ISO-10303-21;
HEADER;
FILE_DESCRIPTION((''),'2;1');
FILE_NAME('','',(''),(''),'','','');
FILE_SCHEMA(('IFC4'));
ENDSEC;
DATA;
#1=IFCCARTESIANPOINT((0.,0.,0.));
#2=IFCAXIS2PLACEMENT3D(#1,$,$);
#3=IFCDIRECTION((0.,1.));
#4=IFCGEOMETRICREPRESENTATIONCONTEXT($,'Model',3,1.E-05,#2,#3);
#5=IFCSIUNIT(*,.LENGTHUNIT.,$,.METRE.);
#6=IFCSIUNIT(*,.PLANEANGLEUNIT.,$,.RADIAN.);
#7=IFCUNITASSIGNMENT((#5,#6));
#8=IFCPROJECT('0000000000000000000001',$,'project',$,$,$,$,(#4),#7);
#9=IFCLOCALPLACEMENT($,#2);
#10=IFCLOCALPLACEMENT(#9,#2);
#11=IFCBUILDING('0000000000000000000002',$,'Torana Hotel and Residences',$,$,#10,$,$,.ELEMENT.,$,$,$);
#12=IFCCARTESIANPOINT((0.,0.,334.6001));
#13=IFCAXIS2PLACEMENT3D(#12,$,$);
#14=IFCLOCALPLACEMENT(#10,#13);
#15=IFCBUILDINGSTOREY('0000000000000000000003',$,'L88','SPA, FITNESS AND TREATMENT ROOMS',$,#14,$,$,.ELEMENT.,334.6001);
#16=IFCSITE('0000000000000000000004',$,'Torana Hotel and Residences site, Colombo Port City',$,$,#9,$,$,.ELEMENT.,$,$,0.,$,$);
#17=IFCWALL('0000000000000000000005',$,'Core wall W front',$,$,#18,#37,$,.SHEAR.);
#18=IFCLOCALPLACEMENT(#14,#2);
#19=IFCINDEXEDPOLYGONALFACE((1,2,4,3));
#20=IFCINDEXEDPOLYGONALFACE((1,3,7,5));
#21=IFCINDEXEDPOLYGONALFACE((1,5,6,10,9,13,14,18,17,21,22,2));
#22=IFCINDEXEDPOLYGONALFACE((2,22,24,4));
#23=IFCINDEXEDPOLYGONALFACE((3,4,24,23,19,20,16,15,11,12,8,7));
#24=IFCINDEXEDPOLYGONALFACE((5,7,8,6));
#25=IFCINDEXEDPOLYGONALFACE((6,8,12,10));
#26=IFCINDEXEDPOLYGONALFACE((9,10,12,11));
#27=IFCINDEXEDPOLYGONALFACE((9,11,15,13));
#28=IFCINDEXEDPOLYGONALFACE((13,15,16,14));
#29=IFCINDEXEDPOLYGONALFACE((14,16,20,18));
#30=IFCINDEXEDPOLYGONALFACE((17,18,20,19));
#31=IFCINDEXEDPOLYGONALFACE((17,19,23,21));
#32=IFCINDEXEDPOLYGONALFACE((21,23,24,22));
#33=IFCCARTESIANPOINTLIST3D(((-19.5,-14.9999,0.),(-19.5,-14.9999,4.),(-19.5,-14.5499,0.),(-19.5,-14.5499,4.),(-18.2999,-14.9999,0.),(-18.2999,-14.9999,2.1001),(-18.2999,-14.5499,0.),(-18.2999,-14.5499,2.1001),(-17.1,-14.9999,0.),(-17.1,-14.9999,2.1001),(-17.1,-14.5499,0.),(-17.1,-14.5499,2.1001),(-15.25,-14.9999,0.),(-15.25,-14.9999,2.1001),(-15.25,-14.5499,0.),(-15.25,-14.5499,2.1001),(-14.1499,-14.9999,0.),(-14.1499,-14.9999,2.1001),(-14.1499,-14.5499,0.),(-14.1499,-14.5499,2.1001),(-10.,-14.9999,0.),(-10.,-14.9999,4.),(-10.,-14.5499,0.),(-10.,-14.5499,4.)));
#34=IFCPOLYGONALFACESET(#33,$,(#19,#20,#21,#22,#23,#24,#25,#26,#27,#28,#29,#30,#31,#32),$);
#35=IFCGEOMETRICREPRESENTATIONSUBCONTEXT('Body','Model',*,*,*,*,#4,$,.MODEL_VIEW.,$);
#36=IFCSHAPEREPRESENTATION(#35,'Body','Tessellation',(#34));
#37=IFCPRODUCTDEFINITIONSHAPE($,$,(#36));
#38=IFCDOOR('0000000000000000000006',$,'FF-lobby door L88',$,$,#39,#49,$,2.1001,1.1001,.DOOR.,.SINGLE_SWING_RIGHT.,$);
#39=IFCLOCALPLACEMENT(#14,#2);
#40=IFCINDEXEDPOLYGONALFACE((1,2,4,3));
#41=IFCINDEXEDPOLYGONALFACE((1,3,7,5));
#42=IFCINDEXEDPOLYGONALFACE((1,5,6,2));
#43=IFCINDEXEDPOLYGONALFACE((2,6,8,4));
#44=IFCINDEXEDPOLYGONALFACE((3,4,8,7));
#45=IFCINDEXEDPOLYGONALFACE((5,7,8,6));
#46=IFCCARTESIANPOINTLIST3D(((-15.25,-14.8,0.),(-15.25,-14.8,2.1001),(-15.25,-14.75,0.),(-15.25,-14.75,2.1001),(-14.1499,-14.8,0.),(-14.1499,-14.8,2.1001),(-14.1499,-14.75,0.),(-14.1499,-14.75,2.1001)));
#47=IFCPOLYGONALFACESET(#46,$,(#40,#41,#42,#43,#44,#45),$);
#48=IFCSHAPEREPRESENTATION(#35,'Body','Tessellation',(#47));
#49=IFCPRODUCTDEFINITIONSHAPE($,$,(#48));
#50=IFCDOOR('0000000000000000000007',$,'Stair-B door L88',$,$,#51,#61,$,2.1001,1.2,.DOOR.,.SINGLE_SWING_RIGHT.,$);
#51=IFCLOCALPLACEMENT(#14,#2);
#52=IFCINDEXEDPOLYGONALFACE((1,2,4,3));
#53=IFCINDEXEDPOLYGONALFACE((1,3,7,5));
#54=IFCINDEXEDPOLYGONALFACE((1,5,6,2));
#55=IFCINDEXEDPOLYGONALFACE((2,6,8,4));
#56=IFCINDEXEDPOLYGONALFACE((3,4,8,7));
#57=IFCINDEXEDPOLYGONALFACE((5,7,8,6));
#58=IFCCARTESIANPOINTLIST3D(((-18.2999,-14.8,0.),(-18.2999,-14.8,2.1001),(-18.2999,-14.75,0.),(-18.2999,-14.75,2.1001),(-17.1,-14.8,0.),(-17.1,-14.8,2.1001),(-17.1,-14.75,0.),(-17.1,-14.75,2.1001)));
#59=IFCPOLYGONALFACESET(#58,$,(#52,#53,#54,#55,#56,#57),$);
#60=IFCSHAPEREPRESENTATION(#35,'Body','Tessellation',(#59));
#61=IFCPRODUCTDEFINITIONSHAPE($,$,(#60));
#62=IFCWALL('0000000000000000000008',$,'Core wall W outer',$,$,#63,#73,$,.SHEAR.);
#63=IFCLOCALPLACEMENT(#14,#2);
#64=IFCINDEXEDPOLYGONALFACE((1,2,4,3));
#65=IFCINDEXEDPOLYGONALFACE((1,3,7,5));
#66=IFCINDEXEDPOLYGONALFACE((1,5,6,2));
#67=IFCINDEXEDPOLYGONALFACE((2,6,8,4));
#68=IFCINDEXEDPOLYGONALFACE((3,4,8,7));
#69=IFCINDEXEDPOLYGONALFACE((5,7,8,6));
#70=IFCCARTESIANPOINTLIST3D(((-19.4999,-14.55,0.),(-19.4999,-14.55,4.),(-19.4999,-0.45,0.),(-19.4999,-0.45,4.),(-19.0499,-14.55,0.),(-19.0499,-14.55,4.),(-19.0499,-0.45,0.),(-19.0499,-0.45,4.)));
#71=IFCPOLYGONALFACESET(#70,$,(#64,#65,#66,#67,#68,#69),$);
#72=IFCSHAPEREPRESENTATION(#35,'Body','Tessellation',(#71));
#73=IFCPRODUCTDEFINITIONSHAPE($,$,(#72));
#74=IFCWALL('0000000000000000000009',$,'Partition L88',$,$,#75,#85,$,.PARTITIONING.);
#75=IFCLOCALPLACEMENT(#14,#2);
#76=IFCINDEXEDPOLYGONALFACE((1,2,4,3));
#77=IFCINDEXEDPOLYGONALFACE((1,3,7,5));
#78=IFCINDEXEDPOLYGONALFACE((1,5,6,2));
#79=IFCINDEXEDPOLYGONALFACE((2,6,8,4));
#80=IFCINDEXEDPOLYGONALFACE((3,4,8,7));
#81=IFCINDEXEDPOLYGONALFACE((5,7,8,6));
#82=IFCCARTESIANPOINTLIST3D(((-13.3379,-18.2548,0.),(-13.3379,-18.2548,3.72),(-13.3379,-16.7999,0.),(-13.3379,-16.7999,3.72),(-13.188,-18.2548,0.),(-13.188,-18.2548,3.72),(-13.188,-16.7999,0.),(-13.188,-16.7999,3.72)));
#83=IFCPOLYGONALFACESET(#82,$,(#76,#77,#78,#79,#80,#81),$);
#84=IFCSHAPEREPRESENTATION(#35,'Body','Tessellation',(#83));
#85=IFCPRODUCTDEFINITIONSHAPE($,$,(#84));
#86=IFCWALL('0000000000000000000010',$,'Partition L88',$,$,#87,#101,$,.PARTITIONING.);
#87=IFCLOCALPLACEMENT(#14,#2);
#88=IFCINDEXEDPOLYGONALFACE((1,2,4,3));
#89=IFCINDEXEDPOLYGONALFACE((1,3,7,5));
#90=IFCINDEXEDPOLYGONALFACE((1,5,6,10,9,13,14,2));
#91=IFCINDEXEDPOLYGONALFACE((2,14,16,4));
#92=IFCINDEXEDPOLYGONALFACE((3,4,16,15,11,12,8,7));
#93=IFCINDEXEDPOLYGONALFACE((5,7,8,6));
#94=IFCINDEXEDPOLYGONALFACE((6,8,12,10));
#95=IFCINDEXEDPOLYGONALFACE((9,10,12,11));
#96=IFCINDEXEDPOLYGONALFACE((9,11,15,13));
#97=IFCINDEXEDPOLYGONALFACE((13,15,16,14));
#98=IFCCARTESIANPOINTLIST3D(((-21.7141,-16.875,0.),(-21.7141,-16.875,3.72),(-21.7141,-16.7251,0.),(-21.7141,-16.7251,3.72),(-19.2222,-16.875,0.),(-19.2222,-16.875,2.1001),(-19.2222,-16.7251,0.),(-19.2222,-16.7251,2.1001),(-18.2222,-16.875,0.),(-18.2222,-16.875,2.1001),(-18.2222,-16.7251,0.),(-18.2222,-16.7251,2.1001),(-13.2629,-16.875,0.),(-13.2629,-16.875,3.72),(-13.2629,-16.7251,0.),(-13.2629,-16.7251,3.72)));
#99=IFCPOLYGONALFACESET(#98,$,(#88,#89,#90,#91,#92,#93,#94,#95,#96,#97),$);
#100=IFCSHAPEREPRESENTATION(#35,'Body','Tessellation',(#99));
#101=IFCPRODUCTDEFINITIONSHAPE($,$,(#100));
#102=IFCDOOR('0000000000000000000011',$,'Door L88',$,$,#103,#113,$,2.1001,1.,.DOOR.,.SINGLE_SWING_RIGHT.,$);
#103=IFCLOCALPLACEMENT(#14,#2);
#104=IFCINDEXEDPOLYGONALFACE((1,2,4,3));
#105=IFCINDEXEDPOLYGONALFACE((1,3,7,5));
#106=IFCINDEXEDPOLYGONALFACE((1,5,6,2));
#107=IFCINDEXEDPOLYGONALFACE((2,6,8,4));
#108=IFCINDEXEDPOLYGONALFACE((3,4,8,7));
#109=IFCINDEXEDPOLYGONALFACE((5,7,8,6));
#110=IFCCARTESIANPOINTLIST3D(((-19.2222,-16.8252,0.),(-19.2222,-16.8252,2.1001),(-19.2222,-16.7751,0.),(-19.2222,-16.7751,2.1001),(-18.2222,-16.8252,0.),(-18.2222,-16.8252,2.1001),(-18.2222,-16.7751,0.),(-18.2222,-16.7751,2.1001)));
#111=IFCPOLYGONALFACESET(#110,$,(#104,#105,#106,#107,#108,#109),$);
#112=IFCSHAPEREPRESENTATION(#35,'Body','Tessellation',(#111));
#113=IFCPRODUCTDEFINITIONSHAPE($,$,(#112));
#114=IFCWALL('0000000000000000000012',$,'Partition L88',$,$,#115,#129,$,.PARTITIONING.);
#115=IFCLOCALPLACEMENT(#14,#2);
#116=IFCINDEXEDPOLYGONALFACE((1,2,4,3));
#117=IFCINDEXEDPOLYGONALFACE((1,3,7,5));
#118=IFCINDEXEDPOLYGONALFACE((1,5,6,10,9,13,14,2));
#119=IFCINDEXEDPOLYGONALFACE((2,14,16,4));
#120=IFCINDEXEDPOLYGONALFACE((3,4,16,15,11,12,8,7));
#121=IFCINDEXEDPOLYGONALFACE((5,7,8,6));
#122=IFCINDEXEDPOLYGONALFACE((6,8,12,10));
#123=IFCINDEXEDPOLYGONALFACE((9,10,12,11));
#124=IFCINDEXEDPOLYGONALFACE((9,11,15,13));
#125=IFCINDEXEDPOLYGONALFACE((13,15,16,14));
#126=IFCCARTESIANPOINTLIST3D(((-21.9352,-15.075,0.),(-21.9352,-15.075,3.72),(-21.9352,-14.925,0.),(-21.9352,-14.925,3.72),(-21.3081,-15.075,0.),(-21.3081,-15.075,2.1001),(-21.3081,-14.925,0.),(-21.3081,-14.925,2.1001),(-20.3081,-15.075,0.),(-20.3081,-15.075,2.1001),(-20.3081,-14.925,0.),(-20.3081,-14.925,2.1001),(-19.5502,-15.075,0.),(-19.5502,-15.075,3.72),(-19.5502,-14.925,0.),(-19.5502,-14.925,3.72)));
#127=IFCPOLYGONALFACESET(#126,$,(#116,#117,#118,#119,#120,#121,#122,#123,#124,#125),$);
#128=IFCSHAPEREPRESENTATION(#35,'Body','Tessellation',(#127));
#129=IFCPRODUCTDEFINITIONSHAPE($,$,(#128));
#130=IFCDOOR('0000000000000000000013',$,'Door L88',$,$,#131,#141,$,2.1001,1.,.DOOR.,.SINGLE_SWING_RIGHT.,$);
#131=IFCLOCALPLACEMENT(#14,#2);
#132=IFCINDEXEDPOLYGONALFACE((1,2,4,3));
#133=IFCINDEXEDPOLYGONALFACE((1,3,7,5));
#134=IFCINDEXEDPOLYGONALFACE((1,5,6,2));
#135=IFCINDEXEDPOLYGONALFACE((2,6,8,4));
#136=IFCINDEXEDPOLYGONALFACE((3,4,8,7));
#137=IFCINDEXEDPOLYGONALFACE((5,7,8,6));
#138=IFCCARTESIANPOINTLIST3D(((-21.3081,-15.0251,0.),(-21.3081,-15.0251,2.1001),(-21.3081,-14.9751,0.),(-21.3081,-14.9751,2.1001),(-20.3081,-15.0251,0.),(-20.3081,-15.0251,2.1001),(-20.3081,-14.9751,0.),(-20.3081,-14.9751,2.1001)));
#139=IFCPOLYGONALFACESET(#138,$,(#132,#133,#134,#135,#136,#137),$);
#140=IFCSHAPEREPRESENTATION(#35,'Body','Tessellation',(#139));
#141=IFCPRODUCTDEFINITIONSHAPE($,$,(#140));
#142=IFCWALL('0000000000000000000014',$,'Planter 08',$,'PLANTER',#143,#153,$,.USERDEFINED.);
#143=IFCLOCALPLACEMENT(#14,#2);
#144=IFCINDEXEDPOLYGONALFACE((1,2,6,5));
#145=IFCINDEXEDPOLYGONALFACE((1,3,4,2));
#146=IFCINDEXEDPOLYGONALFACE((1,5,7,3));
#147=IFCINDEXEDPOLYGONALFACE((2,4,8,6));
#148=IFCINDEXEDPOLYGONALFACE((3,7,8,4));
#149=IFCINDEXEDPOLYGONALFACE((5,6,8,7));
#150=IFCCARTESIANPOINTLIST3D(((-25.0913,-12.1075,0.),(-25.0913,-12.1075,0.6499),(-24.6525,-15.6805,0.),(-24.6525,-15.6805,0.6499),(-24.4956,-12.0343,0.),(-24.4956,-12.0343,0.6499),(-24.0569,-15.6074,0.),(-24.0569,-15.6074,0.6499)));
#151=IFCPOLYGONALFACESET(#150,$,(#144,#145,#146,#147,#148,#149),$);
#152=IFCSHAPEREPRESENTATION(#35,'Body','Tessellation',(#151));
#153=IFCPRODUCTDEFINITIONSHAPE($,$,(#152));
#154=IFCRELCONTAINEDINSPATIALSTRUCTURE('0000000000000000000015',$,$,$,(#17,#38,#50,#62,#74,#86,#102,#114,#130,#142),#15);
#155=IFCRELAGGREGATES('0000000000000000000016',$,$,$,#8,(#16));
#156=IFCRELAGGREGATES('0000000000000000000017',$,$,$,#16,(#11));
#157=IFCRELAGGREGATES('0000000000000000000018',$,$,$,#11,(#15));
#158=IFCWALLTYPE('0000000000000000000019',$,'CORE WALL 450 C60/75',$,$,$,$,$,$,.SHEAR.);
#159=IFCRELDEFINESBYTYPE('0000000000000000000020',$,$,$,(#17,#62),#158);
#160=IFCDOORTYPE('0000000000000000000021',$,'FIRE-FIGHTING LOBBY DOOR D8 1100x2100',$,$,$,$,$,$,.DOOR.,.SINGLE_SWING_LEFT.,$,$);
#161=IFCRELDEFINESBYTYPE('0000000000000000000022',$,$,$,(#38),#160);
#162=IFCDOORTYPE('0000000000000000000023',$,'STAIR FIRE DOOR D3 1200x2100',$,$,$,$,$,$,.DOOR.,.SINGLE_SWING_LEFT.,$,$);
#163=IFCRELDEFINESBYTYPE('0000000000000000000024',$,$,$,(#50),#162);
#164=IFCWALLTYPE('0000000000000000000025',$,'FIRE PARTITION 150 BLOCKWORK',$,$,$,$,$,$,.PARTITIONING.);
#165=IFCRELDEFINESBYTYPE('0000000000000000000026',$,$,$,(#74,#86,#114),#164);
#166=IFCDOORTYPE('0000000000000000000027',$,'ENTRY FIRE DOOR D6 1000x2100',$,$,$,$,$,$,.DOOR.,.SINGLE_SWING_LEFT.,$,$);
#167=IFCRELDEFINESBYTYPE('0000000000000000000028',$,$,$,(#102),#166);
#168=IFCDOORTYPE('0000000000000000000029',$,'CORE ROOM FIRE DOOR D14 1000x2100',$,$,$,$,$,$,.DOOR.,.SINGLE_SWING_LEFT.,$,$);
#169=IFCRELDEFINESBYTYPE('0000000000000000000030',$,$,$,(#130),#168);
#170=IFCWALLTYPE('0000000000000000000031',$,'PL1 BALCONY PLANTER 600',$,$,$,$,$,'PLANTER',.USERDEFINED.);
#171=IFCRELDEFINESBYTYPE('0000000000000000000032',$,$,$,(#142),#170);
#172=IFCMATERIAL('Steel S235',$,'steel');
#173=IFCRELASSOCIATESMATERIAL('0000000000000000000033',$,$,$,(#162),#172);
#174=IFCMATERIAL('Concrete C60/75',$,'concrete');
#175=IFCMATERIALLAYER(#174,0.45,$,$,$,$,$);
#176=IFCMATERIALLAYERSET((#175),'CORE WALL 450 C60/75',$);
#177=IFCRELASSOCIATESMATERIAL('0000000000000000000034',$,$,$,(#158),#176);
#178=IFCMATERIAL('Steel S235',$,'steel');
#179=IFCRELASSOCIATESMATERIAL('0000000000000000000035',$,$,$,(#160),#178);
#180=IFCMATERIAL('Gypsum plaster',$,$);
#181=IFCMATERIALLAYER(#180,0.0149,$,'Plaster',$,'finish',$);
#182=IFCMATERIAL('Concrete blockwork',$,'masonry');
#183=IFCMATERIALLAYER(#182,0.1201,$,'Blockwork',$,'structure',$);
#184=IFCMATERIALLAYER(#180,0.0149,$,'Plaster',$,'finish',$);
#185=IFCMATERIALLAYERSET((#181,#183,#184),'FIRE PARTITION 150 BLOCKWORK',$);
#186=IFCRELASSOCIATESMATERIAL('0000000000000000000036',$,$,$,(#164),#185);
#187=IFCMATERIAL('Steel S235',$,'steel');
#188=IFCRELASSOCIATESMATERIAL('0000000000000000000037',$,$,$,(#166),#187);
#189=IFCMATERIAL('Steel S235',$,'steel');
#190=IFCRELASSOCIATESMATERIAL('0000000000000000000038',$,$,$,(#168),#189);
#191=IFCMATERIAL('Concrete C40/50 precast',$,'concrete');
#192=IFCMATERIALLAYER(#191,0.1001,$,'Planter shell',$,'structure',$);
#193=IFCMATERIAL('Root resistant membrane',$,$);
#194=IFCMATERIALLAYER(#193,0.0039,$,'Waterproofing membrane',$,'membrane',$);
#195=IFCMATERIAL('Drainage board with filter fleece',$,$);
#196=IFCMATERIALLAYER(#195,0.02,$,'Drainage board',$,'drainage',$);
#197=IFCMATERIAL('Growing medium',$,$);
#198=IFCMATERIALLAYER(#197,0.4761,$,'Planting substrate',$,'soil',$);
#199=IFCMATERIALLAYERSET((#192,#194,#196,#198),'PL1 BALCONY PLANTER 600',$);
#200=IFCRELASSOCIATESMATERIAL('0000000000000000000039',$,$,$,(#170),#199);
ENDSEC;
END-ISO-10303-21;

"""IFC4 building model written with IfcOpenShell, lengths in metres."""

from ifc_helpers import new_model, si_unit, direction, frame, frame_2d, origin, place, context, subcontext, project, spatial, rectangle, extrude, material, layer, layer_set, type_object, element, fill, save


model = new_model("IFC4")

# Units and contexts
model_context = context("Model", 3, precision=1e-05, world=origin(), true_north=direction((0.0, 1.0)))
body_context = subcontext(model_context, "Body", "Model", "MODEL_VIEW")
ifc_project = project(units=[si_unit("LENGTHUNIT", "METRE"), si_unit("PLANEANGLEUNIT", "RADIAN")], contexts=[model_context])

# Site, building, storey
site_placement = place(None, origin())
site = spatial("IfcSite", under=ifc_project, at=site_placement, Name="Torana Hotel and Residences site, Colombo Port City", CompositionType="ELEMENT", RefElevation=0.0)
building_placement = place(site_placement, origin())
building = spatial("IfcBuilding", under=site, at=building_placement, Name="Torana Hotel and Residences", CompositionType="ELEMENT")
storey_placement = place(building_placement, frame((0.0, 0.0, 334.6001)))
storey = spatial("IfcBuildingStorey", under=building, at=storey_placement, Name="L88", Description="SPA, FITNESS AND TREATMENT ROOMS", CompositionType="ELEMENT", Elevation=334.6001)

# Shared definitions
ifc_material_1 = material(Name="Steel S235", Category="steel")
door_type_1 = type_object("IfcDoorType", Name="STAIR FIRE DOOR D3 1200x2100", OperationType="SINGLE_SWING_LEFT", PredefinedType="DOOR", material=ifc_material_1)

# Wall, openings, doors
ifc_material_2 = material(Name="Concrete C60/75", Category="concrete")
ifc_layer_1 = layer(ifc_material_2, 0.45)
ifc_layer_set_1 = layer_set([ifc_layer_1], Name="CORE WALL 450 C60/75")
wall_type_1 = type_object("IfcWallType", Name="CORE WALL 450 C60/75", PredefinedType="SHEAR", material=ifc_layer_set_1)
wall_1_placement = place(storey_placement, frame((-19.5, -14.7749, 0.0), z_axis=(0.0, 0.0, 1.0), x_axis=(1.0, 0.0, 0.0)))
wall_1 = element("IfcWall", 1, at=wall_1_placement, inside=storey, type_object=wall_type_1, Name="Core wall W front", PredefinedType="SHEAR", context=body_context, shape_type="SweptSolid", body=[
    extrude(rectangle(XDim=9.5, YDim=0.45, at=frame_2d((4.75, 0.0))), origin(), (0.0, 0.0, 1.0), 4.0),
])
opening_1_placement = place(wall_1_placement, frame((1.2, 0.0, 0.0)))
opening_1 = element("IfcOpeningElement", 2, at=opening_1_placement, cuts=wall_1, PredefinedType="OPENING", context=body_context, shape_type="SweptSolid", body=[
    extrude(rectangle(XDim=1.2, YDim=2.1001, at=frame_2d((0.6001, 1.05))), frame((0.0, 0.2349, 0.0), z_axis=(0.0, -1.0, 0.0), x_axis=(1.0, 0.0, 0.0)), (0.0, 0.0, 1.0), 0.47),
])
opening_2_placement = place(wall_1_placement, frame((4.25, 0.0, 0.0)))
opening_2 = element("IfcOpeningElement", 3, at=opening_2_placement, cuts=wall_1, PredefinedType="OPENING", context=body_context, shape_type="SweptSolid", body=[
    extrude(rectangle(XDim=1.1001, YDim=2.1001, at=frame_2d((0.55, 1.05))), frame((0.0, 0.2349, 0.0), z_axis=(0.0, -1.0, 0.0), x_axis=(1.0, 0.0, 0.0)), (0.0, 0.0, 1.0), 0.47),
])
ifc_material_3 = material(Name="Steel S235", Category="steel")
door_type_2 = type_object("IfcDoorType", Name="FIRE-FIGHTING LOBBY DOOR D8 1100x2100", OperationType="SINGLE_SWING_LEFT", PredefinedType="DOOR", material=ifc_material_3)
door_1_placement = place(opening_2_placement, origin())
door_1 = element("IfcDoor", 4, at=door_1_placement, inside=storey, type_object=door_type_2, Name="FF-lobby door L88", OperationType="SINGLE_SWING_RIGHT", OverallHeight=2.1001, OverallWidth=1.1001, PredefinedType="DOOR", context=body_context, shape_type="SweptSolid", body=[
    extrude(rectangle(XDim=1.1001, YDim=2.1001, at=frame_2d((0.55, 1.05))), frame((0.0, 0.0249, 0.0), z_axis=(0.0, -1.0, 0.0), x_axis=(1.0, 0.0, 0.0)), (0.0, 0.0, 1.0), 0.05),
])
fill(opening_2, door_1)
door_2_placement = place(opening_1_placement, origin())
door_2 = element("IfcDoor", 5, at=door_2_placement, inside=storey, type_object=door_type_1, Name="Stair-B door L88", OperationType="SINGLE_SWING_RIGHT", OverallHeight=2.1001, OverallWidth=1.2, PredefinedType="DOOR", context=body_context, shape_type="SweptSolid", body=[
    extrude(rectangle(XDim=1.2, YDim=2.1001, at=frame_2d((0.6001, 1.05))), frame((0.0, 0.0249, 0.0), z_axis=(0.0, -1.0, 0.0), x_axis=(1.0, 0.0, 0.0)), (0.0, 0.0, 1.0), 0.05),
])
fill(opening_1, door_2)

# Walls
wall_2_placement = place(storey_placement, frame((-19.2749, -14.55, 0.0), z_axis=(0.0, 0.0, 1.0), x_axis=(0.0, 1.0, 0.0)))
element("IfcWall", 6, at=wall_2_placement, inside=storey, type_object=wall_type_1, Name="Core wall W outer", PredefinedType="SHEAR", context=body_context, shape_type="SweptSolid", body=[
    extrude(rectangle(XDim=14.1001, YDim=0.45, at=frame_2d((7.05, 0.0))), origin(), (0.0, 0.0, 1.0), 4.0),
])
ifc_material_4 = material(Name="Gypsum plaster")
ifc_layer_2 = layer(ifc_material_4, 0.0149, Name="Plaster", Category="finish")
ifc_material_5 = material(Name="Concrete blockwork", Category="masonry")
ifc_layer_3 = layer(ifc_material_5, 0.1201, Name="Blockwork", Category="structure")
ifc_layer_4 = layer(ifc_material_4, 0.0149, Name="Plaster", Category="finish")
ifc_layer_set_2 = layer_set([ifc_layer_2, ifc_layer_3, ifc_layer_4], Name="FIRE PARTITION 150 BLOCKWORK")
wall_type_2 = type_object("IfcWallType", Name="FIRE PARTITION 150 BLOCKWORK", PredefinedType="PARTITIONING", material=ifc_layer_set_2)
wall_3_placement = place(storey_placement, frame((-13.2629, -18.2549, 0.0), z_axis=(0.0, 0.0, 1.0), x_axis=(0.0, 1.0, 0.0)))
element("IfcWall", 7, at=wall_3_placement, inside=storey, type_object=wall_type_2, Name="Partition L88", PredefinedType="PARTITIONING", context=body_context, shape_type="SweptSolid", body=[
    extrude(rectangle(XDim=1.4548, YDim=0.1499, at=frame_2d((0.7275, 0.0))), origin(), (0.0, 0.0, 1.0), 3.72),
])

# Walls, openings, doors
wall_4_placement = place(storey_placement, frame((-21.7141, -16.8, 0.0), z_axis=(0.0, 0.0, 1.0), x_axis=(1.0, 0.0, 0.0)))
wall_4 = element("IfcWall", 8, at=wall_4_placement, inside=storey, type_object=wall_type_2, Name="Partition L88", PredefinedType="PARTITIONING", context=body_context, shape_type="SweptSolid", body=[
    extrude(rectangle(XDim=8.4512, YDim=0.1499, at=frame_2d((4.2256, 0.0))), origin(), (0.0, 0.0, 1.0), 3.72),
])
opening_3_placement = place(wall_4_placement, frame((2.4919, 0.0, 0.0)))
opening_3 = element("IfcOpeningElement", 9, at=opening_3_placement, cuts=wall_4, PredefinedType="OPENING", context=body_context, shape_type="SweptSolid", body=[
    extrude(rectangle(XDim=1.0, YDim=2.1001, at=frame_2d((0.5, 1.05))), frame((0.0, 0.085, 0.0), z_axis=(0.0, -1.0, 0.0), x_axis=(1.0, 0.0, 0.0)), (0.0, 0.0, 1.0), 0.1699),
])
ifc_material_6 = material(Name="Steel S235", Category="steel")
door_type_3 = type_object("IfcDoorType", Name="ENTRY FIRE DOOR D6 1000x2100", OperationType="SINGLE_SWING_LEFT", PredefinedType="DOOR", material=ifc_material_6)
door_3_placement = place(opening_3_placement, frame((0.5, 0.0, 0.0), z_axis=(0.0, 0.0, 1.0), x_axis=(-1.0, 0.0, 0.0)))
door_3 = element("IfcDoor", 10, at=door_3_placement, inside=storey, type_object=door_type_3, Name="Door L88", OperationType="SINGLE_SWING_RIGHT", OverallHeight=2.1001, OverallWidth=1.0, PredefinedType="DOOR", context=body_context, shape_type="SweptSolid", body=[
    extrude(rectangle(XDim=1.0, YDim=2.1001, at=frame_2d((0.0, 1.05))), frame((0.0, -0.0249, 0.0), z_axis=(0.0, 1.0, 0.0), x_axis=(-1.0, 0.0, 0.0)), (0.0, 0.0, 1.0), 0.05),
])
fill(opening_3, door_3)
wall_5_placement = place(storey_placement, frame((-21.9351, -15.0, 0.0), z_axis=(0.0, 0.0, 1.0), x_axis=(1.0, 0.0, 0.0)))
wall_5 = element("IfcWall", 11, at=wall_5_placement, inside=storey, type_object=wall_type_2, Name="Partition L88", PredefinedType="PARTITIONING", context=body_context, shape_type="SweptSolid", body=[
    extrude(rectangle(XDim=2.385, YDim=0.1499, at=frame_2d((1.1924, 0.0))), origin(), (0.0, 0.0, 1.0), 3.72),
])
opening_4_placement = place(wall_5_placement, frame((0.627, 0.0, 0.0)))
opening_4 = element("IfcOpeningElement", 12, at=opening_4_placement, cuts=wall_5, PredefinedType="OPENING", context=body_context, shape_type="SweptSolid", body=[
    extrude(rectangle(XDim=1.0, YDim=2.1001, at=frame_2d((0.5, 1.05))), frame((0.0, 0.085, 0.0), z_axis=(0.0, -1.0, 0.0), x_axis=(1.0, 0.0, 0.0)), (0.0, 0.0, 1.0), 0.1699),
])
ifc_material_7 = material(Name="Steel S235", Category="steel")
door_type_4 = type_object("IfcDoorType", Name="CORE ROOM FIRE DOOR D14 1000x2100", OperationType="SINGLE_SWING_LEFT", PredefinedType="DOOR", material=ifc_material_7)
door_4_placement = place(opening_4_placement, origin())
door_4 = element("IfcDoor", 13, at=door_4_placement, inside=storey, type_object=door_type_4, Name="Door L88", OperationType="SINGLE_SWING_RIGHT", OverallHeight=2.1001, OverallWidth=1.0, PredefinedType="DOOR", context=body_context, shape_type="SweptSolid", body=[
    extrude(rectangle(XDim=1.0, YDim=2.1001, at=frame_2d((0.5, 1.05))), frame((0.0, 0.0249, 0.0), z_axis=(0.0, -1.0, 0.0), x_axis=(1.0, 0.0, 0.0)), (0.0, 0.0, 1.0), 0.05),
])
fill(opening_4, door_4)

# Wall
ifc_material_8 = material(Name="Concrete C40/50 precast", Category="concrete")
ifc_layer_5 = layer(ifc_material_8, 0.1001, Name="Planter shell", Category="structure")
ifc_material_9 = material(Name="Root resistant membrane")
ifc_layer_6 = layer(ifc_material_9, 0.0039, Name="Waterproofing membrane", Category="membrane")
ifc_material_10 = material(Name="Drainage board with filter fleece")
ifc_layer_7 = layer(ifc_material_10, 0.02, Name="Drainage board", Category="drainage")
ifc_material_11 = material(Name="Growing medium")
ifc_layer_8 = layer(ifc_material_11, 0.4761, Name="Planting substrate", Category="soil")
ifc_layer_set_3 = layer_set([ifc_layer_5, ifc_layer_6, ifc_layer_7, ifc_layer_8], Name="PL1 BALCONY PLANTER 600")
wall_type_3 = type_object("IfcWallType", Name="PL1 BALCONY PLANTER 600", ElementType="PLANTER", PredefinedType="USERDEFINED", material=ifc_layer_set_3)
wall_6_placement = place(storey_placement, frame((-24.3547, -15.6438, 0.0), z_axis=(0.0, 0.0, 1.0), x_axis=(-0.121873, 0.992546, 0.0)))
element("IfcWall", 14, at=wall_6_placement, inside=storey, type_object=wall_type_3, Name="Planter 08", ObjectType="PLANTER", PredefinedType="USERDEFINED", context=body_context, shape_type="SweptSolid", body=[
    extrude(rectangle(XDim=3.5999, YDim=0.6001, at=frame_2d((1.7998, 0.0))), origin(), (0.0, 0.0, 1.0), 0.6499),
])

save(model, "model.ifc")
